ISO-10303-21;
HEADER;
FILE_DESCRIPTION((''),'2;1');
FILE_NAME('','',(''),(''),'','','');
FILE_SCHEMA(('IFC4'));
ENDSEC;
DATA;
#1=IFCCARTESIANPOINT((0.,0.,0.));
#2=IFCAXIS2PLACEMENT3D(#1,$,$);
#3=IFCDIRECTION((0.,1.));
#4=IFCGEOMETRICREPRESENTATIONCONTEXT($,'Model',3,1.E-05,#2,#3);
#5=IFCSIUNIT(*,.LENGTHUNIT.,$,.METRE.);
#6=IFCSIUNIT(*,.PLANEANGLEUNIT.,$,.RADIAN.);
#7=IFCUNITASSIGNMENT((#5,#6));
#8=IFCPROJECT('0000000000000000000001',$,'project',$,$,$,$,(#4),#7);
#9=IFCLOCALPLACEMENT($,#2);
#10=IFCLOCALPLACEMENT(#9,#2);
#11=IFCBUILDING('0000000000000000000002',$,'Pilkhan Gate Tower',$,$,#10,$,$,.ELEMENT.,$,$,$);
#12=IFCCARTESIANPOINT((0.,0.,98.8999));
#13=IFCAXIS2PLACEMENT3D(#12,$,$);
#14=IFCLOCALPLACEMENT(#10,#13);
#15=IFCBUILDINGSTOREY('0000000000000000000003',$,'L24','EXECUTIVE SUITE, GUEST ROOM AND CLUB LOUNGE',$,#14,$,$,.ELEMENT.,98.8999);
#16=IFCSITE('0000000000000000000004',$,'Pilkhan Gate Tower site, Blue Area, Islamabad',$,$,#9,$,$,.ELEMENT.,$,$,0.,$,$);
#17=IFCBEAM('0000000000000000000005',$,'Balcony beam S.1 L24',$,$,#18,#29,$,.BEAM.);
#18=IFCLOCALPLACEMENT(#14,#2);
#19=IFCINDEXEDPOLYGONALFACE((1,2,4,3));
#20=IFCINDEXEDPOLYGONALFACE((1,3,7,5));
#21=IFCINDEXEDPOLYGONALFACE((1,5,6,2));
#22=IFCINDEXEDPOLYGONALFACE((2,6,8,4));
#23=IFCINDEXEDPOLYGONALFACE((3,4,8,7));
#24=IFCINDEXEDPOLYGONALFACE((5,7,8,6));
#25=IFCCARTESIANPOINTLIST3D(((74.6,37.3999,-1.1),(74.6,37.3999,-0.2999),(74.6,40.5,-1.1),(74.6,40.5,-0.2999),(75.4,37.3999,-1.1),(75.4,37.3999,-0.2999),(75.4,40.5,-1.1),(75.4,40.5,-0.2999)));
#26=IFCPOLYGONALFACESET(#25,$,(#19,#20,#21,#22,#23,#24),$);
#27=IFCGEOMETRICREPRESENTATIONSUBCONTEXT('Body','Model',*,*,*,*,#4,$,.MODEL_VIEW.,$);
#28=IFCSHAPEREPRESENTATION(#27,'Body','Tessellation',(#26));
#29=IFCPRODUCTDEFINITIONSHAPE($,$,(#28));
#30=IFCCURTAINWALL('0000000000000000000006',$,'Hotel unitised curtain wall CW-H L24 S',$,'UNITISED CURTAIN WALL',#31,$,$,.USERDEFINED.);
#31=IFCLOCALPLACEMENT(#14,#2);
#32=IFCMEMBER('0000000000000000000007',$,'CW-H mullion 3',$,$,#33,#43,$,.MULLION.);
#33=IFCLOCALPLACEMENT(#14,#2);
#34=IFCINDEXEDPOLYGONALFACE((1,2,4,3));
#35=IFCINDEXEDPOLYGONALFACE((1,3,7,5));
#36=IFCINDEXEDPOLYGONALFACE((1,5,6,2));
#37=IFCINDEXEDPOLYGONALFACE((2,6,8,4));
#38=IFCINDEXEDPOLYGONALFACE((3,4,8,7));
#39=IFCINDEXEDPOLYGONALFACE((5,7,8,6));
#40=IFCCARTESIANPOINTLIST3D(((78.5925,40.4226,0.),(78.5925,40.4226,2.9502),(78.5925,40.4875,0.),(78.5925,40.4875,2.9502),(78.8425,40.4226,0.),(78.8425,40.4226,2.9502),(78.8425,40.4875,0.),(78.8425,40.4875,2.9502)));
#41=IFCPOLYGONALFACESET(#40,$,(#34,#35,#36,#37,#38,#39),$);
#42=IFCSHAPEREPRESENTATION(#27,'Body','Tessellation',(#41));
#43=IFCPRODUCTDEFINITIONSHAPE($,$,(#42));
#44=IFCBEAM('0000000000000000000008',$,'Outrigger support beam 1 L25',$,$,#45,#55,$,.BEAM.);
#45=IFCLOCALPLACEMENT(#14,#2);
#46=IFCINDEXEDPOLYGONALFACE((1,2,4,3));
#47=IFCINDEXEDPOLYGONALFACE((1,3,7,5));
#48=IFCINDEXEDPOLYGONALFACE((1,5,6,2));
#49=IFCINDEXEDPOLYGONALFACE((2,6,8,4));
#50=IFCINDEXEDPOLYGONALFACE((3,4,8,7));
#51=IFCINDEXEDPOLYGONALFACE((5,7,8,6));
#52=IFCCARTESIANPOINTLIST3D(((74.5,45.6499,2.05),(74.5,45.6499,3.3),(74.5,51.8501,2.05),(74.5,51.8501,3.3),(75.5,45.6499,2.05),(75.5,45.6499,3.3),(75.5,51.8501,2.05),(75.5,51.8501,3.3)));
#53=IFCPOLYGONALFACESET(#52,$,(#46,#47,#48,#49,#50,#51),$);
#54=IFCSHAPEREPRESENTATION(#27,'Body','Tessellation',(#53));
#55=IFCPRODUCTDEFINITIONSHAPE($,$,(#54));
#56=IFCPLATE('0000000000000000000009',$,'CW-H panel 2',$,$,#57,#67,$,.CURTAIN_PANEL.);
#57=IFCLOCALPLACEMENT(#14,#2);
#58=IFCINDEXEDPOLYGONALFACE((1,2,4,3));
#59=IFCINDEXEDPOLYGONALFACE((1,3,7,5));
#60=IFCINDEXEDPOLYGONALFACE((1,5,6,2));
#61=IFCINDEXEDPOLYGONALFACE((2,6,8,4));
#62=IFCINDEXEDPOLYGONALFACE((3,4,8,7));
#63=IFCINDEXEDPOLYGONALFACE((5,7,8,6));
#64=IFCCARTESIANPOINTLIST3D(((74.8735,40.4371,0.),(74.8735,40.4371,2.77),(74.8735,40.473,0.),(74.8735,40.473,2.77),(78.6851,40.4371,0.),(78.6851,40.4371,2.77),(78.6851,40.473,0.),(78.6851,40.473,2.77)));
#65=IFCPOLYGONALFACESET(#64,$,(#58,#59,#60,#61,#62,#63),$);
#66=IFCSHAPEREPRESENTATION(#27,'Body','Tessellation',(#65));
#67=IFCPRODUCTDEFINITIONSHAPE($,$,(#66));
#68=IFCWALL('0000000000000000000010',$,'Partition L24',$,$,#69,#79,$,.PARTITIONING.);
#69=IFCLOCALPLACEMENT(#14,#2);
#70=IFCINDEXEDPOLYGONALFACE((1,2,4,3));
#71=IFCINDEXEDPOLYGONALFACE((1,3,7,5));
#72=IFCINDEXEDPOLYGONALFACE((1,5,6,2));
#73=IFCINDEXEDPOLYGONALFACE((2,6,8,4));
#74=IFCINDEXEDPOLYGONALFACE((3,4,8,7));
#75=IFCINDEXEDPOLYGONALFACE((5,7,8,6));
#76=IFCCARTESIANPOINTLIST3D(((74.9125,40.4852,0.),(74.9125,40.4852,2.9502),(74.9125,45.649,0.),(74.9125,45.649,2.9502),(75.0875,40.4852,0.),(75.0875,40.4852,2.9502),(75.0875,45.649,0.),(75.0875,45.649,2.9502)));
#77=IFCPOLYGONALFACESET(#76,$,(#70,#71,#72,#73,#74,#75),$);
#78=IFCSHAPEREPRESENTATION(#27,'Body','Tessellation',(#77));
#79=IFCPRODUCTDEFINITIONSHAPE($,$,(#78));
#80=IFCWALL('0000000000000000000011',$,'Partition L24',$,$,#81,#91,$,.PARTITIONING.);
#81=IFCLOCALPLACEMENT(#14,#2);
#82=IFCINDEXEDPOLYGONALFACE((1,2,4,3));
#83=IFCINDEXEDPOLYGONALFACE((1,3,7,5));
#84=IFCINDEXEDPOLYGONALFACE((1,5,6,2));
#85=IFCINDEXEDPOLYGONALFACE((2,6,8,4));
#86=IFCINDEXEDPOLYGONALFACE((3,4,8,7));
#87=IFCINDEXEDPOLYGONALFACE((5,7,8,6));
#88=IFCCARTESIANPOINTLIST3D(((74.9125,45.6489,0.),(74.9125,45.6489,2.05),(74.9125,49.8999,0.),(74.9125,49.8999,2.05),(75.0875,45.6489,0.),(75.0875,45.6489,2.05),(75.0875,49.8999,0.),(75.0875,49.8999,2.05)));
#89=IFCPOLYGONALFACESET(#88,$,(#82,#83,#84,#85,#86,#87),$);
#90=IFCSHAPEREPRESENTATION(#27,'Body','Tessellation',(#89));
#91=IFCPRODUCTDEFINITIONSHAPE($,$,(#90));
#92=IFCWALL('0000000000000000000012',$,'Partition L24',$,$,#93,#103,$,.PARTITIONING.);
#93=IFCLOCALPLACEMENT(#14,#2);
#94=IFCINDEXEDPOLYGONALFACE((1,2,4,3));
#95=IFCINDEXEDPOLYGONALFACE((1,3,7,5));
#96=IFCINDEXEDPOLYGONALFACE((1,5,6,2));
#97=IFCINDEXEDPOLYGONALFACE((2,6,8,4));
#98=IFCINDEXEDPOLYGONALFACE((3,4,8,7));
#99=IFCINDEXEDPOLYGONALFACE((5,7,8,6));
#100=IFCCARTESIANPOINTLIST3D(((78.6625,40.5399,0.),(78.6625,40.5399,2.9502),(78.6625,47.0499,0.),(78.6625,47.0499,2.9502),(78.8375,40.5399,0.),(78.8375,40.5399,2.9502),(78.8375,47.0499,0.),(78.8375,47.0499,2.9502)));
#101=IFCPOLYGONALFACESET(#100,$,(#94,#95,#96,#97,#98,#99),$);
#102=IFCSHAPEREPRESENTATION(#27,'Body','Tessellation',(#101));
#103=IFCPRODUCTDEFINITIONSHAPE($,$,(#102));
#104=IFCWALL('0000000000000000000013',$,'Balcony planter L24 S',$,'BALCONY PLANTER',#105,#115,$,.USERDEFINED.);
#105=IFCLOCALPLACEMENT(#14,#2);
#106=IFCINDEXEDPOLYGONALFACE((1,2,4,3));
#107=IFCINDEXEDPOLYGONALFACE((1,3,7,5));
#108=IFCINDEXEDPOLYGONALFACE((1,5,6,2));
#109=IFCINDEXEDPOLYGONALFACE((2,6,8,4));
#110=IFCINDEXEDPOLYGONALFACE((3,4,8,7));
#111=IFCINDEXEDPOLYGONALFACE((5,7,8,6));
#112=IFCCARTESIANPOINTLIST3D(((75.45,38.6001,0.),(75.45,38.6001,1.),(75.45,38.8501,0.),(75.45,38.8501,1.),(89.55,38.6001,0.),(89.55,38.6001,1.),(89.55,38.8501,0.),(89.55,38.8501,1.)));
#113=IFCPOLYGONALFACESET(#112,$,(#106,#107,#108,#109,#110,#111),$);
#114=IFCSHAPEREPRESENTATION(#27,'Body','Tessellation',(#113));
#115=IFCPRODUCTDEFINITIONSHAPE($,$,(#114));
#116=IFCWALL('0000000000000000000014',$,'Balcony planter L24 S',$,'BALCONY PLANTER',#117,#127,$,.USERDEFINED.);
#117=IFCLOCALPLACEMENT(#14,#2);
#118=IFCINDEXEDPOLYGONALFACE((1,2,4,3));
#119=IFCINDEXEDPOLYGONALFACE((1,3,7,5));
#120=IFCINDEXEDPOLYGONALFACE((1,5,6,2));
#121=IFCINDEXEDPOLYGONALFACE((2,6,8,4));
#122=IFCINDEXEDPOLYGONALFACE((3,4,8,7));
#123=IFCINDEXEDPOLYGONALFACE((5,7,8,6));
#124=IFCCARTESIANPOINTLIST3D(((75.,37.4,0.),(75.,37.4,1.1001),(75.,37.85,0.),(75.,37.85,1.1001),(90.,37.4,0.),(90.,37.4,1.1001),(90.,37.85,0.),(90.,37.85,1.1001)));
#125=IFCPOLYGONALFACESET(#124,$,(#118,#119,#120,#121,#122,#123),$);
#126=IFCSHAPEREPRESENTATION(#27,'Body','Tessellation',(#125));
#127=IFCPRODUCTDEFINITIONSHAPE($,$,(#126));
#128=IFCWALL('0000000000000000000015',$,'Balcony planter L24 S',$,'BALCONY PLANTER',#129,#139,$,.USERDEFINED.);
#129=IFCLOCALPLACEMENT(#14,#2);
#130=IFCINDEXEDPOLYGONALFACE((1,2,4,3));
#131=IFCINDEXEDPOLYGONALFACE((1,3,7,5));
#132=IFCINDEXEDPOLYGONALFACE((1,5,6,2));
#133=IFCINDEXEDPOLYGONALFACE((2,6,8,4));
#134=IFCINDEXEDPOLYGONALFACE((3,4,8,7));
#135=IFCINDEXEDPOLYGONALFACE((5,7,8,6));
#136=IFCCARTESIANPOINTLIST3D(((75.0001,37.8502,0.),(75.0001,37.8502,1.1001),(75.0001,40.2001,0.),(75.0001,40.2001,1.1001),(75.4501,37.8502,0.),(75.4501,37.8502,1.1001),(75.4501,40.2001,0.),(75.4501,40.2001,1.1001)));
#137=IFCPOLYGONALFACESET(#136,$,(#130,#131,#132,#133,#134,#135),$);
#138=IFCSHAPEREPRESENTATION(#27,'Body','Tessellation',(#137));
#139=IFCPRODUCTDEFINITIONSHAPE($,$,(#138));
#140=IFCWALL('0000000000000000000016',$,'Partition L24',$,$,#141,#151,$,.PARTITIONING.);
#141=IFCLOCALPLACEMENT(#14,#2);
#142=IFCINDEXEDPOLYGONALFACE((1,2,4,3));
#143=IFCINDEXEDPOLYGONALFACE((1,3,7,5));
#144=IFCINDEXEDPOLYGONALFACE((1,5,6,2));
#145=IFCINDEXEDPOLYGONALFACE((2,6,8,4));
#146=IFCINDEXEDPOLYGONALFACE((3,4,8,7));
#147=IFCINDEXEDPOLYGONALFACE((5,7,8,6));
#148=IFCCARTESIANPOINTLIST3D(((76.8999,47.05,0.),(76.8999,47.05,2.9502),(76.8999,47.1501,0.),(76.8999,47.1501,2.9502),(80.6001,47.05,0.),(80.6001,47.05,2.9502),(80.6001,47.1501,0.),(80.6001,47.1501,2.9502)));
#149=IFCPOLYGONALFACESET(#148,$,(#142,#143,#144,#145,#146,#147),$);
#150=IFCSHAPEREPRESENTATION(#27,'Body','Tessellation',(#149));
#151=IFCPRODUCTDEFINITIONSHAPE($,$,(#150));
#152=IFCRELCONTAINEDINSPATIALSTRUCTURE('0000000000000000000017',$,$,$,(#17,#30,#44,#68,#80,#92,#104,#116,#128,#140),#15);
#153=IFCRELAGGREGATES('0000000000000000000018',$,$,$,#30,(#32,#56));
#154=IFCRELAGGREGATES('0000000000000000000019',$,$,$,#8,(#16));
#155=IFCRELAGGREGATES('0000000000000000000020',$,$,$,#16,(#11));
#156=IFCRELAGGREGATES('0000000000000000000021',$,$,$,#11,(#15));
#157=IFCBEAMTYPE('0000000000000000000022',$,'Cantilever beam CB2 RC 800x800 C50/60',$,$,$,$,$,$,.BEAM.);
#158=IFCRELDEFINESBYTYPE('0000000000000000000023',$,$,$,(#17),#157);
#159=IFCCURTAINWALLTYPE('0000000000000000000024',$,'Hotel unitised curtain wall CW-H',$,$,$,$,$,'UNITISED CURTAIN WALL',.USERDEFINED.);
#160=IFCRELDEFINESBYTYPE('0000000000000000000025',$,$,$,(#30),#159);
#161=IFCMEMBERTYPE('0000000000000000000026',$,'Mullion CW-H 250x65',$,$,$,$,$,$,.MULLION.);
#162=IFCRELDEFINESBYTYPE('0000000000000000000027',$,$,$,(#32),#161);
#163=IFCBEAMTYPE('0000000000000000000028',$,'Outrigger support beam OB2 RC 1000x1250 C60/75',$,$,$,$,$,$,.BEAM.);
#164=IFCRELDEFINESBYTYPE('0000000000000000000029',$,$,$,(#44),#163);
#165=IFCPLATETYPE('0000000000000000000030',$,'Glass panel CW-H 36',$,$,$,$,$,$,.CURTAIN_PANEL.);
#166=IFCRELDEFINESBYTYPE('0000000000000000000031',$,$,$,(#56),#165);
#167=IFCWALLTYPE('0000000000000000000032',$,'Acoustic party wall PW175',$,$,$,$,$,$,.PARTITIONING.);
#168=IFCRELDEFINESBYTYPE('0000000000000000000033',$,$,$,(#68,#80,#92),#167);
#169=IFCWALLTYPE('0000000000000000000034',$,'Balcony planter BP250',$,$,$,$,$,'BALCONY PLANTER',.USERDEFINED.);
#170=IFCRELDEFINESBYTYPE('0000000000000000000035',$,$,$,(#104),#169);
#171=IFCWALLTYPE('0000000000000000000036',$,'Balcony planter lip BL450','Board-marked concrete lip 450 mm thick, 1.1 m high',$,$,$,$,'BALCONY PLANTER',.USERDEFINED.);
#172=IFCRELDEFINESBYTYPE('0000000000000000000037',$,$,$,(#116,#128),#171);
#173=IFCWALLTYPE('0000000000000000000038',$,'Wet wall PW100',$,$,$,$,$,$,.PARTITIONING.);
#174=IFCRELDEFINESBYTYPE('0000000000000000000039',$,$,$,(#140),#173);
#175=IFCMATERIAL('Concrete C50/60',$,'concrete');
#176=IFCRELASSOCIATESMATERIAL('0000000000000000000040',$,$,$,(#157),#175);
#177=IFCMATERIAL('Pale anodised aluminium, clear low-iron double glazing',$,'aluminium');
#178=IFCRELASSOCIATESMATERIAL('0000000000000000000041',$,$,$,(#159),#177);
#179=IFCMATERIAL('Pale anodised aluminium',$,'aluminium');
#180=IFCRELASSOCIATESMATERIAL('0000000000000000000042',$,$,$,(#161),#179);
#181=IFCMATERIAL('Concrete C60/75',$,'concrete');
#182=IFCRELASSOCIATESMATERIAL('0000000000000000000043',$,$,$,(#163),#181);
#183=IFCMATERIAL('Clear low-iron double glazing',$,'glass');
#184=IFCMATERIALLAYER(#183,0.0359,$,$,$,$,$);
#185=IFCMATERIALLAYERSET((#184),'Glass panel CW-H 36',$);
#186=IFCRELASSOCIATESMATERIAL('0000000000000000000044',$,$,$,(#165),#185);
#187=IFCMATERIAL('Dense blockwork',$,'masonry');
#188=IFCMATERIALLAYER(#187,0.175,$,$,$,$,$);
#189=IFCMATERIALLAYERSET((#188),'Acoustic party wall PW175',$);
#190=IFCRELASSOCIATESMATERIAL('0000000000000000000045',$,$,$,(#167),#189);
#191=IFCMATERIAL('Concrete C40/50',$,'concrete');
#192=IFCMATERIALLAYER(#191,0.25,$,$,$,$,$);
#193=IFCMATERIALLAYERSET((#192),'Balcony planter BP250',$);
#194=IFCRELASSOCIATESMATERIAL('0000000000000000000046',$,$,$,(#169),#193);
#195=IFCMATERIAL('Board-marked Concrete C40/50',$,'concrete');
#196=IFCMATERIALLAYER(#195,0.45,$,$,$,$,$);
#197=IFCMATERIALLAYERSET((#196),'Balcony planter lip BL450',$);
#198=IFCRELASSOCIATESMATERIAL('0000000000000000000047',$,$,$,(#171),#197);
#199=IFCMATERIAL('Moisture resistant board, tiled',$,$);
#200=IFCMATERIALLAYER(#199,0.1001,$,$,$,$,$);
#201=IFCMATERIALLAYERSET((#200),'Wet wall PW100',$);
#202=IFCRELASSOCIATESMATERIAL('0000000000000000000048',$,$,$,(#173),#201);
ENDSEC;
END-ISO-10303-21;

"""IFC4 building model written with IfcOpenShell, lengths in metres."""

from ifc_helpers import new_model, si_unit, direction, frame, frame_2d, origin, origin_2d, place, context, subcontext, project, spatial, rectangle, extrude, material, layer, layer_set, material_profile, profile_set, type_object, element, aggregate, save


model = new_model("IFC4")

# Units and contexts
model_context = context("Model", 3, precision=1e-05, world=origin(), true_north=direction((0.0, 1.0)))
body_context = subcontext(model_context, "Body", "Model", "MODEL_VIEW")
ifc_project = project(units=[si_unit("LENGTHUNIT", "METRE"), si_unit("PLANEANGLEUNIT", "RADIAN")], contexts=[model_context])

# Site, building, storey
site_placement = place(None, origin())
site = spatial("IfcSite", under=ifc_project, at=site_placement, Name="Pilkhan Gate Tower site, Blue Area, Islamabad", CompositionType="ELEMENT", RefElevation=0.0)
building_placement = place(site_placement, origin())
building = spatial("IfcBuilding", under=site, at=building_placement, Name="Pilkhan Gate Tower", CompositionType="ELEMENT")
storey_placement = place(building_placement, frame((0.0, 0.0, 98.8999)))
storey = spatial("IfcBuildingStorey", under=building, at=storey_placement, Name="L24", Description="EXECUTIVE SUITE, GUEST ROOM AND CLUB LOUNGE", CompositionType="ELEMENT", Elevation=98.8999)

# Beam
ifc_material_1 = material(Name="Concrete C50/60", Category="concrete")
ifc_material_profile_1 = material_profile(ifc_material_1, rectangle(XDim=0.8, YDim=0.8, at=origin_2d()), Name="RC 800x800")
ifc_profile_set_1 = profile_set([ifc_material_profile_1], Name="Concrete C50/60")
beam_type_1 = type_object("IfcBeamType", Name="Cantilever beam CB2 RC 800x800 C50/60", PredefinedType="BEAM", material=ifc_profile_set_1)
beam_1_placement = place(storey_placement, frame((75.0, 40.5, -0.7), z_axis=(0.0, -1.0, 0.0), x_axis=(1.0, 0.0, 0.0)))
element("IfcBeam", 1, at=beam_1_placement, inside=storey, type_object=beam_type_1, Name="Balcony beam S.1 L24", PredefinedType="BEAM", context=body_context, shape_type="SweptSolid", body=[
    extrude(rectangle(XDim=0.8, YDim=0.8, at=origin_2d()), origin(), (0.0, 0.0, 1.0), 3.1001),
])

# Curtain wall, member
ifc_material_2 = material(Name="Pale anodised aluminium, clear low-iron double glazing", Category="aluminium")
curtain_wall_type = type_object("IfcCurtainWallType", Name="Hotel unitised curtain wall CW-H", ElementType="UNITISED CURTAIN WALL", PredefinedType="USERDEFINED", material=ifc_material_2)
curtain_wall_placement = place(storey_placement, origin())
curtain_wall = element("IfcCurtainWall", 2, at=curtain_wall_placement, inside=storey, type_object=curtain_wall_type, Name="Hotel unitised curtain wall CW-H L24 S", ObjectType="UNITISED CURTAIN WALL", PredefinedType="USERDEFINED")
ifc_material_3 = material(Name="Pale anodised aluminium", Category="aluminium")
ifc_material_profile_2 = material_profile(ifc_material_3, rectangle(XDim=0.0649, YDim=0.25, at=origin_2d()), Name="Mullion 250x65")
ifc_profile_set_2 = profile_set([ifc_material_profile_2], Name="Pale anodised aluminium")
member_type = type_object("IfcMemberType", Name="Mullion CW-H 250x65", PredefinedType="MULLION", material=ifc_profile_set_2)
member_placement = place(storey_placement, frame((78.7175, 40.4551, 0.0), z_axis=(0.0, 0.0, 1.0), x_axis=(0.0, 1.0, 0.0)))
member = element("IfcMember", 3, at=member_placement, type_object=member_type, Name="CW-H mullion 3", PredefinedType="MULLION", context=body_context, shape_type="SweptSolid", body=[
    extrude(rectangle(XDim=0.0649, YDim=0.25, at=origin_2d()), origin(), (0.0, 0.0, 1.0), 2.9502),
])

# Beam
ifc_material_4 = material(Name="Concrete C60/75", Category="concrete")
ifc_material_profile_3 = material_profile(ifc_material_4, rectangle(XDim=1.0, YDim=1.25, at=origin_2d()), Name="RC 1000x1250")
ifc_profile_set_3 = profile_set([ifc_material_profile_3], Name="Concrete C60/75")
beam_type_2 = type_object("IfcBeamType", Name="Outrigger support beam OB2 RC 1000x1250 C60/75", PredefinedType="BEAM", material=ifc_profile_set_3)
beam_2_placement = place(storey_placement, frame((75.0, 45.6499, 2.675), z_axis=(0.0, 1.0, 0.0), x_axis=(-1.0, 0.0, 0.0)))
element("IfcBeam", 4, at=beam_2_placement, inside=storey, type_object=beam_type_2, Name="Outrigger support beam 1 L25", PredefinedType="BEAM", context=body_context, shape_type="SweptSolid", body=[
    extrude(rectangle(XDim=1.0, YDim=1.25, at=origin_2d()), origin(), (0.0, 0.0, 1.0), 6.2002),
])

# Plate
ifc_material_5 = material(Name="Clear low-iron double glazing", Category="glass")
ifc_layer_1 = layer(ifc_material_5, 0.0359)
ifc_layer_set_1 = layer_set([ifc_layer_1], Name="Glass panel CW-H 36")
plate_type = type_object("IfcPlateType", Name="Glass panel CW-H 36", PredefinedType="CURTAIN_PANEL", material=ifc_layer_set_1)
plate_placement = place(storey_placement, frame((76.7793, 40.4551, 0.0), z_axis=(0.0, 0.0, 1.0), x_axis=(1.0, 0.0, 0.0)))
plate = element("IfcPlate", 5, at=plate_placement, type_object=plate_type, Name="CW-H panel 2", PredefinedType="CURTAIN_PANEL", context=body_context, shape_type="SweptSolid", body=[
    extrude(rectangle(XDim=3.8115, YDim=0.0359, at=origin_2d()), origin(), (0.0, 0.0, 1.0), 2.77),
])
aggregate(curtain_wall, [member, plate])

# Walls
ifc_material_6 = material(Name="Dense blockwork", Category="masonry")
ifc_layer_2 = layer(ifc_material_6, 0.175)
ifc_layer_set_2 = layer_set([ifc_layer_2], Name="Acoustic party wall PW175")
wall_type_1 = type_object("IfcWallType", Name="Acoustic party wall PW175", PredefinedType="PARTITIONING", material=ifc_layer_set_2)
wall_1_placement = place(storey_placement, frame((75.0, 40.4851, 0.0), z_axis=(0.0, 0.0, 1.0), x_axis=(0.0, 1.0, 0.0)))
element("IfcWall", 6, at=wall_1_placement, inside=storey, type_object=wall_type_1, Name="Partition L24", PredefinedType="PARTITIONING", context=body_context, shape_type="SweptSolid", body=[
    extrude(rectangle(XDim=5.1638, YDim=0.175, at=frame_2d((2.582, 0.0))), origin(), (0.0, 0.0, 1.0), 2.9502),
])
wall_2_placement = place(storey_placement, frame((75.0, 45.6489, 0.0), z_axis=(0.0, 0.0, 1.0), x_axis=(0.0, 1.0, 0.0)))
element("IfcWall", 7, at=wall_2_placement, inside=storey, type_object=wall_type_1, Name="Partition L24", PredefinedType="PARTITIONING", context=body_context, shape_type="SweptSolid", body=[
    extrude(rectangle(XDim=4.251, YDim=0.175, at=frame_2d((2.1255, 0.0))), origin(), (0.0, 0.0, 1.0), 2.05),
])
wall_3_placement = place(storey_placement, frame((78.75, 40.54, 0.0), z_axis=(0.0, 0.0, 1.0), x_axis=(0.0, 1.0, 0.0)))
element("IfcWall", 8, at=wall_3_placement, inside=storey, type_object=wall_type_1, Name="Partition L24", PredefinedType="PARTITIONING", context=body_context, shape_type="SweptSolid", body=[
    extrude(rectangle(XDim=6.51, YDim=0.175, at=frame_2d((3.2549, 0.0))), origin(), (0.0, 0.0, 1.0), 2.9502),
])
ifc_material_7 = material(Name="Concrete C40/50", Category="concrete")
ifc_layer_3 = layer(ifc_material_7, 0.25)
ifc_layer_set_3 = layer_set([ifc_layer_3], Name="Balcony planter BP250")
wall_type_2 = type_object("IfcWallType", Name="Balcony planter BP250", ElementType="BALCONY PLANTER", PredefinedType="USERDEFINED", material=ifc_layer_set_3)
wall_4_placement = place(storey_placement, frame((75.45, 38.7251, 0.0), z_axis=(0.0, 0.0, 1.0), x_axis=(1.0, 0.0, 0.0)))
element("IfcWall", 9, at=wall_4_placement, inside=storey, type_object=wall_type_2, Name="Balcony planter L24 S", ObjectType="BALCONY PLANTER", PredefinedType="USERDEFINED", context=body_context, shape_type="SweptSolid", body=[
    extrude(rectangle(XDim=14.1001, YDim=0.25, at=frame_2d((7.05, 0.0))), origin(), (0.0, 0.0, 1.0), 1.0),
])
ifc_material_8 = material(Name="Board-marked Concrete C40/50", Category="concrete")
ifc_layer_4 = layer(ifc_material_8, 0.45)
ifc_layer_set_4 = layer_set([ifc_layer_4], Name="Balcony planter lip BL450")
wall_type_3 = type_object("IfcWallType", Name="Balcony planter lip BL450", Description="Board-marked concrete lip 450 mm thick, 1.1 m high", ElementType="BALCONY PLANTER", PredefinedType="USERDEFINED", material=ifc_layer_set_4)
wall_5_placement = place(storey_placement, frame((75.0, 37.625, 0.0), z_axis=(0.0, 0.0, 1.0), x_axis=(1.0, 0.0, 0.0)))
element("IfcWall", 10, at=wall_5_placement, inside=storey, type_object=wall_type_3, Name="Balcony planter L24 S", ObjectType="BALCONY PLANTER", PredefinedType="USERDEFINED", context=body_context, shape_type="SweptSolid", body=[
    extrude(rectangle(XDim=15.0, YDim=0.45, at=frame_2d((7.5, 0.0))), origin(), (0.0, 0.0, 1.0), 1.1001),
])
wall_6_placement = place(storey_placement, frame((75.2251, 40.2, 0.0), z_axis=(0.0, 0.0, 1.0), x_axis=(0.0, -1.0, 0.0)))
element("IfcWall", 11, at=wall_6_placement, inside=storey, type_object=wall_type_3, Name="Balcony planter L24 S", ObjectType="BALCONY PLANTER", PredefinedType="USERDEFINED", context=body_context, shape_type="SweptSolid", body=[
    extrude(rectangle(XDim=2.3499, YDim=0.45, at=frame_2d((1.1748, 0.0))), origin(), (0.0, 0.0, 1.0), 1.1001),
])

# Wall
ifc_material_9 = material(Name="Moisture resistant board, tiled")
ifc_layer_5 = layer(ifc_material_9, 0.1001)
ifc_layer_set_5 = layer_set([ifc_layer_5], Name="Wet wall PW100")
wall_type_4 = type_object("IfcWallType", Name="Wet wall PW100", PredefinedType="PARTITIONING", material=ifc_layer_set_5)
wall_7_placement = place(storey_placement, frame((76.8999, 47.1001, 0.0), z_axis=(0.0, 0.0, 1.0), x_axis=(1.0, 0.0, 0.0)))
element("IfcWall", 12, at=wall_7_placement, inside=storey, type_object=wall_type_4, Name="Partition L24", PredefinedType="PARTITIONING", context=body_context, shape_type="SweptSolid", body=[
    extrude(rectangle(XDim=3.7002, YDim=0.1001, at=frame_2d((1.8501, 0.0))), origin(), (0.0, 0.0, 1.0), 2.9502),
])

save(model, "model.ifc")
